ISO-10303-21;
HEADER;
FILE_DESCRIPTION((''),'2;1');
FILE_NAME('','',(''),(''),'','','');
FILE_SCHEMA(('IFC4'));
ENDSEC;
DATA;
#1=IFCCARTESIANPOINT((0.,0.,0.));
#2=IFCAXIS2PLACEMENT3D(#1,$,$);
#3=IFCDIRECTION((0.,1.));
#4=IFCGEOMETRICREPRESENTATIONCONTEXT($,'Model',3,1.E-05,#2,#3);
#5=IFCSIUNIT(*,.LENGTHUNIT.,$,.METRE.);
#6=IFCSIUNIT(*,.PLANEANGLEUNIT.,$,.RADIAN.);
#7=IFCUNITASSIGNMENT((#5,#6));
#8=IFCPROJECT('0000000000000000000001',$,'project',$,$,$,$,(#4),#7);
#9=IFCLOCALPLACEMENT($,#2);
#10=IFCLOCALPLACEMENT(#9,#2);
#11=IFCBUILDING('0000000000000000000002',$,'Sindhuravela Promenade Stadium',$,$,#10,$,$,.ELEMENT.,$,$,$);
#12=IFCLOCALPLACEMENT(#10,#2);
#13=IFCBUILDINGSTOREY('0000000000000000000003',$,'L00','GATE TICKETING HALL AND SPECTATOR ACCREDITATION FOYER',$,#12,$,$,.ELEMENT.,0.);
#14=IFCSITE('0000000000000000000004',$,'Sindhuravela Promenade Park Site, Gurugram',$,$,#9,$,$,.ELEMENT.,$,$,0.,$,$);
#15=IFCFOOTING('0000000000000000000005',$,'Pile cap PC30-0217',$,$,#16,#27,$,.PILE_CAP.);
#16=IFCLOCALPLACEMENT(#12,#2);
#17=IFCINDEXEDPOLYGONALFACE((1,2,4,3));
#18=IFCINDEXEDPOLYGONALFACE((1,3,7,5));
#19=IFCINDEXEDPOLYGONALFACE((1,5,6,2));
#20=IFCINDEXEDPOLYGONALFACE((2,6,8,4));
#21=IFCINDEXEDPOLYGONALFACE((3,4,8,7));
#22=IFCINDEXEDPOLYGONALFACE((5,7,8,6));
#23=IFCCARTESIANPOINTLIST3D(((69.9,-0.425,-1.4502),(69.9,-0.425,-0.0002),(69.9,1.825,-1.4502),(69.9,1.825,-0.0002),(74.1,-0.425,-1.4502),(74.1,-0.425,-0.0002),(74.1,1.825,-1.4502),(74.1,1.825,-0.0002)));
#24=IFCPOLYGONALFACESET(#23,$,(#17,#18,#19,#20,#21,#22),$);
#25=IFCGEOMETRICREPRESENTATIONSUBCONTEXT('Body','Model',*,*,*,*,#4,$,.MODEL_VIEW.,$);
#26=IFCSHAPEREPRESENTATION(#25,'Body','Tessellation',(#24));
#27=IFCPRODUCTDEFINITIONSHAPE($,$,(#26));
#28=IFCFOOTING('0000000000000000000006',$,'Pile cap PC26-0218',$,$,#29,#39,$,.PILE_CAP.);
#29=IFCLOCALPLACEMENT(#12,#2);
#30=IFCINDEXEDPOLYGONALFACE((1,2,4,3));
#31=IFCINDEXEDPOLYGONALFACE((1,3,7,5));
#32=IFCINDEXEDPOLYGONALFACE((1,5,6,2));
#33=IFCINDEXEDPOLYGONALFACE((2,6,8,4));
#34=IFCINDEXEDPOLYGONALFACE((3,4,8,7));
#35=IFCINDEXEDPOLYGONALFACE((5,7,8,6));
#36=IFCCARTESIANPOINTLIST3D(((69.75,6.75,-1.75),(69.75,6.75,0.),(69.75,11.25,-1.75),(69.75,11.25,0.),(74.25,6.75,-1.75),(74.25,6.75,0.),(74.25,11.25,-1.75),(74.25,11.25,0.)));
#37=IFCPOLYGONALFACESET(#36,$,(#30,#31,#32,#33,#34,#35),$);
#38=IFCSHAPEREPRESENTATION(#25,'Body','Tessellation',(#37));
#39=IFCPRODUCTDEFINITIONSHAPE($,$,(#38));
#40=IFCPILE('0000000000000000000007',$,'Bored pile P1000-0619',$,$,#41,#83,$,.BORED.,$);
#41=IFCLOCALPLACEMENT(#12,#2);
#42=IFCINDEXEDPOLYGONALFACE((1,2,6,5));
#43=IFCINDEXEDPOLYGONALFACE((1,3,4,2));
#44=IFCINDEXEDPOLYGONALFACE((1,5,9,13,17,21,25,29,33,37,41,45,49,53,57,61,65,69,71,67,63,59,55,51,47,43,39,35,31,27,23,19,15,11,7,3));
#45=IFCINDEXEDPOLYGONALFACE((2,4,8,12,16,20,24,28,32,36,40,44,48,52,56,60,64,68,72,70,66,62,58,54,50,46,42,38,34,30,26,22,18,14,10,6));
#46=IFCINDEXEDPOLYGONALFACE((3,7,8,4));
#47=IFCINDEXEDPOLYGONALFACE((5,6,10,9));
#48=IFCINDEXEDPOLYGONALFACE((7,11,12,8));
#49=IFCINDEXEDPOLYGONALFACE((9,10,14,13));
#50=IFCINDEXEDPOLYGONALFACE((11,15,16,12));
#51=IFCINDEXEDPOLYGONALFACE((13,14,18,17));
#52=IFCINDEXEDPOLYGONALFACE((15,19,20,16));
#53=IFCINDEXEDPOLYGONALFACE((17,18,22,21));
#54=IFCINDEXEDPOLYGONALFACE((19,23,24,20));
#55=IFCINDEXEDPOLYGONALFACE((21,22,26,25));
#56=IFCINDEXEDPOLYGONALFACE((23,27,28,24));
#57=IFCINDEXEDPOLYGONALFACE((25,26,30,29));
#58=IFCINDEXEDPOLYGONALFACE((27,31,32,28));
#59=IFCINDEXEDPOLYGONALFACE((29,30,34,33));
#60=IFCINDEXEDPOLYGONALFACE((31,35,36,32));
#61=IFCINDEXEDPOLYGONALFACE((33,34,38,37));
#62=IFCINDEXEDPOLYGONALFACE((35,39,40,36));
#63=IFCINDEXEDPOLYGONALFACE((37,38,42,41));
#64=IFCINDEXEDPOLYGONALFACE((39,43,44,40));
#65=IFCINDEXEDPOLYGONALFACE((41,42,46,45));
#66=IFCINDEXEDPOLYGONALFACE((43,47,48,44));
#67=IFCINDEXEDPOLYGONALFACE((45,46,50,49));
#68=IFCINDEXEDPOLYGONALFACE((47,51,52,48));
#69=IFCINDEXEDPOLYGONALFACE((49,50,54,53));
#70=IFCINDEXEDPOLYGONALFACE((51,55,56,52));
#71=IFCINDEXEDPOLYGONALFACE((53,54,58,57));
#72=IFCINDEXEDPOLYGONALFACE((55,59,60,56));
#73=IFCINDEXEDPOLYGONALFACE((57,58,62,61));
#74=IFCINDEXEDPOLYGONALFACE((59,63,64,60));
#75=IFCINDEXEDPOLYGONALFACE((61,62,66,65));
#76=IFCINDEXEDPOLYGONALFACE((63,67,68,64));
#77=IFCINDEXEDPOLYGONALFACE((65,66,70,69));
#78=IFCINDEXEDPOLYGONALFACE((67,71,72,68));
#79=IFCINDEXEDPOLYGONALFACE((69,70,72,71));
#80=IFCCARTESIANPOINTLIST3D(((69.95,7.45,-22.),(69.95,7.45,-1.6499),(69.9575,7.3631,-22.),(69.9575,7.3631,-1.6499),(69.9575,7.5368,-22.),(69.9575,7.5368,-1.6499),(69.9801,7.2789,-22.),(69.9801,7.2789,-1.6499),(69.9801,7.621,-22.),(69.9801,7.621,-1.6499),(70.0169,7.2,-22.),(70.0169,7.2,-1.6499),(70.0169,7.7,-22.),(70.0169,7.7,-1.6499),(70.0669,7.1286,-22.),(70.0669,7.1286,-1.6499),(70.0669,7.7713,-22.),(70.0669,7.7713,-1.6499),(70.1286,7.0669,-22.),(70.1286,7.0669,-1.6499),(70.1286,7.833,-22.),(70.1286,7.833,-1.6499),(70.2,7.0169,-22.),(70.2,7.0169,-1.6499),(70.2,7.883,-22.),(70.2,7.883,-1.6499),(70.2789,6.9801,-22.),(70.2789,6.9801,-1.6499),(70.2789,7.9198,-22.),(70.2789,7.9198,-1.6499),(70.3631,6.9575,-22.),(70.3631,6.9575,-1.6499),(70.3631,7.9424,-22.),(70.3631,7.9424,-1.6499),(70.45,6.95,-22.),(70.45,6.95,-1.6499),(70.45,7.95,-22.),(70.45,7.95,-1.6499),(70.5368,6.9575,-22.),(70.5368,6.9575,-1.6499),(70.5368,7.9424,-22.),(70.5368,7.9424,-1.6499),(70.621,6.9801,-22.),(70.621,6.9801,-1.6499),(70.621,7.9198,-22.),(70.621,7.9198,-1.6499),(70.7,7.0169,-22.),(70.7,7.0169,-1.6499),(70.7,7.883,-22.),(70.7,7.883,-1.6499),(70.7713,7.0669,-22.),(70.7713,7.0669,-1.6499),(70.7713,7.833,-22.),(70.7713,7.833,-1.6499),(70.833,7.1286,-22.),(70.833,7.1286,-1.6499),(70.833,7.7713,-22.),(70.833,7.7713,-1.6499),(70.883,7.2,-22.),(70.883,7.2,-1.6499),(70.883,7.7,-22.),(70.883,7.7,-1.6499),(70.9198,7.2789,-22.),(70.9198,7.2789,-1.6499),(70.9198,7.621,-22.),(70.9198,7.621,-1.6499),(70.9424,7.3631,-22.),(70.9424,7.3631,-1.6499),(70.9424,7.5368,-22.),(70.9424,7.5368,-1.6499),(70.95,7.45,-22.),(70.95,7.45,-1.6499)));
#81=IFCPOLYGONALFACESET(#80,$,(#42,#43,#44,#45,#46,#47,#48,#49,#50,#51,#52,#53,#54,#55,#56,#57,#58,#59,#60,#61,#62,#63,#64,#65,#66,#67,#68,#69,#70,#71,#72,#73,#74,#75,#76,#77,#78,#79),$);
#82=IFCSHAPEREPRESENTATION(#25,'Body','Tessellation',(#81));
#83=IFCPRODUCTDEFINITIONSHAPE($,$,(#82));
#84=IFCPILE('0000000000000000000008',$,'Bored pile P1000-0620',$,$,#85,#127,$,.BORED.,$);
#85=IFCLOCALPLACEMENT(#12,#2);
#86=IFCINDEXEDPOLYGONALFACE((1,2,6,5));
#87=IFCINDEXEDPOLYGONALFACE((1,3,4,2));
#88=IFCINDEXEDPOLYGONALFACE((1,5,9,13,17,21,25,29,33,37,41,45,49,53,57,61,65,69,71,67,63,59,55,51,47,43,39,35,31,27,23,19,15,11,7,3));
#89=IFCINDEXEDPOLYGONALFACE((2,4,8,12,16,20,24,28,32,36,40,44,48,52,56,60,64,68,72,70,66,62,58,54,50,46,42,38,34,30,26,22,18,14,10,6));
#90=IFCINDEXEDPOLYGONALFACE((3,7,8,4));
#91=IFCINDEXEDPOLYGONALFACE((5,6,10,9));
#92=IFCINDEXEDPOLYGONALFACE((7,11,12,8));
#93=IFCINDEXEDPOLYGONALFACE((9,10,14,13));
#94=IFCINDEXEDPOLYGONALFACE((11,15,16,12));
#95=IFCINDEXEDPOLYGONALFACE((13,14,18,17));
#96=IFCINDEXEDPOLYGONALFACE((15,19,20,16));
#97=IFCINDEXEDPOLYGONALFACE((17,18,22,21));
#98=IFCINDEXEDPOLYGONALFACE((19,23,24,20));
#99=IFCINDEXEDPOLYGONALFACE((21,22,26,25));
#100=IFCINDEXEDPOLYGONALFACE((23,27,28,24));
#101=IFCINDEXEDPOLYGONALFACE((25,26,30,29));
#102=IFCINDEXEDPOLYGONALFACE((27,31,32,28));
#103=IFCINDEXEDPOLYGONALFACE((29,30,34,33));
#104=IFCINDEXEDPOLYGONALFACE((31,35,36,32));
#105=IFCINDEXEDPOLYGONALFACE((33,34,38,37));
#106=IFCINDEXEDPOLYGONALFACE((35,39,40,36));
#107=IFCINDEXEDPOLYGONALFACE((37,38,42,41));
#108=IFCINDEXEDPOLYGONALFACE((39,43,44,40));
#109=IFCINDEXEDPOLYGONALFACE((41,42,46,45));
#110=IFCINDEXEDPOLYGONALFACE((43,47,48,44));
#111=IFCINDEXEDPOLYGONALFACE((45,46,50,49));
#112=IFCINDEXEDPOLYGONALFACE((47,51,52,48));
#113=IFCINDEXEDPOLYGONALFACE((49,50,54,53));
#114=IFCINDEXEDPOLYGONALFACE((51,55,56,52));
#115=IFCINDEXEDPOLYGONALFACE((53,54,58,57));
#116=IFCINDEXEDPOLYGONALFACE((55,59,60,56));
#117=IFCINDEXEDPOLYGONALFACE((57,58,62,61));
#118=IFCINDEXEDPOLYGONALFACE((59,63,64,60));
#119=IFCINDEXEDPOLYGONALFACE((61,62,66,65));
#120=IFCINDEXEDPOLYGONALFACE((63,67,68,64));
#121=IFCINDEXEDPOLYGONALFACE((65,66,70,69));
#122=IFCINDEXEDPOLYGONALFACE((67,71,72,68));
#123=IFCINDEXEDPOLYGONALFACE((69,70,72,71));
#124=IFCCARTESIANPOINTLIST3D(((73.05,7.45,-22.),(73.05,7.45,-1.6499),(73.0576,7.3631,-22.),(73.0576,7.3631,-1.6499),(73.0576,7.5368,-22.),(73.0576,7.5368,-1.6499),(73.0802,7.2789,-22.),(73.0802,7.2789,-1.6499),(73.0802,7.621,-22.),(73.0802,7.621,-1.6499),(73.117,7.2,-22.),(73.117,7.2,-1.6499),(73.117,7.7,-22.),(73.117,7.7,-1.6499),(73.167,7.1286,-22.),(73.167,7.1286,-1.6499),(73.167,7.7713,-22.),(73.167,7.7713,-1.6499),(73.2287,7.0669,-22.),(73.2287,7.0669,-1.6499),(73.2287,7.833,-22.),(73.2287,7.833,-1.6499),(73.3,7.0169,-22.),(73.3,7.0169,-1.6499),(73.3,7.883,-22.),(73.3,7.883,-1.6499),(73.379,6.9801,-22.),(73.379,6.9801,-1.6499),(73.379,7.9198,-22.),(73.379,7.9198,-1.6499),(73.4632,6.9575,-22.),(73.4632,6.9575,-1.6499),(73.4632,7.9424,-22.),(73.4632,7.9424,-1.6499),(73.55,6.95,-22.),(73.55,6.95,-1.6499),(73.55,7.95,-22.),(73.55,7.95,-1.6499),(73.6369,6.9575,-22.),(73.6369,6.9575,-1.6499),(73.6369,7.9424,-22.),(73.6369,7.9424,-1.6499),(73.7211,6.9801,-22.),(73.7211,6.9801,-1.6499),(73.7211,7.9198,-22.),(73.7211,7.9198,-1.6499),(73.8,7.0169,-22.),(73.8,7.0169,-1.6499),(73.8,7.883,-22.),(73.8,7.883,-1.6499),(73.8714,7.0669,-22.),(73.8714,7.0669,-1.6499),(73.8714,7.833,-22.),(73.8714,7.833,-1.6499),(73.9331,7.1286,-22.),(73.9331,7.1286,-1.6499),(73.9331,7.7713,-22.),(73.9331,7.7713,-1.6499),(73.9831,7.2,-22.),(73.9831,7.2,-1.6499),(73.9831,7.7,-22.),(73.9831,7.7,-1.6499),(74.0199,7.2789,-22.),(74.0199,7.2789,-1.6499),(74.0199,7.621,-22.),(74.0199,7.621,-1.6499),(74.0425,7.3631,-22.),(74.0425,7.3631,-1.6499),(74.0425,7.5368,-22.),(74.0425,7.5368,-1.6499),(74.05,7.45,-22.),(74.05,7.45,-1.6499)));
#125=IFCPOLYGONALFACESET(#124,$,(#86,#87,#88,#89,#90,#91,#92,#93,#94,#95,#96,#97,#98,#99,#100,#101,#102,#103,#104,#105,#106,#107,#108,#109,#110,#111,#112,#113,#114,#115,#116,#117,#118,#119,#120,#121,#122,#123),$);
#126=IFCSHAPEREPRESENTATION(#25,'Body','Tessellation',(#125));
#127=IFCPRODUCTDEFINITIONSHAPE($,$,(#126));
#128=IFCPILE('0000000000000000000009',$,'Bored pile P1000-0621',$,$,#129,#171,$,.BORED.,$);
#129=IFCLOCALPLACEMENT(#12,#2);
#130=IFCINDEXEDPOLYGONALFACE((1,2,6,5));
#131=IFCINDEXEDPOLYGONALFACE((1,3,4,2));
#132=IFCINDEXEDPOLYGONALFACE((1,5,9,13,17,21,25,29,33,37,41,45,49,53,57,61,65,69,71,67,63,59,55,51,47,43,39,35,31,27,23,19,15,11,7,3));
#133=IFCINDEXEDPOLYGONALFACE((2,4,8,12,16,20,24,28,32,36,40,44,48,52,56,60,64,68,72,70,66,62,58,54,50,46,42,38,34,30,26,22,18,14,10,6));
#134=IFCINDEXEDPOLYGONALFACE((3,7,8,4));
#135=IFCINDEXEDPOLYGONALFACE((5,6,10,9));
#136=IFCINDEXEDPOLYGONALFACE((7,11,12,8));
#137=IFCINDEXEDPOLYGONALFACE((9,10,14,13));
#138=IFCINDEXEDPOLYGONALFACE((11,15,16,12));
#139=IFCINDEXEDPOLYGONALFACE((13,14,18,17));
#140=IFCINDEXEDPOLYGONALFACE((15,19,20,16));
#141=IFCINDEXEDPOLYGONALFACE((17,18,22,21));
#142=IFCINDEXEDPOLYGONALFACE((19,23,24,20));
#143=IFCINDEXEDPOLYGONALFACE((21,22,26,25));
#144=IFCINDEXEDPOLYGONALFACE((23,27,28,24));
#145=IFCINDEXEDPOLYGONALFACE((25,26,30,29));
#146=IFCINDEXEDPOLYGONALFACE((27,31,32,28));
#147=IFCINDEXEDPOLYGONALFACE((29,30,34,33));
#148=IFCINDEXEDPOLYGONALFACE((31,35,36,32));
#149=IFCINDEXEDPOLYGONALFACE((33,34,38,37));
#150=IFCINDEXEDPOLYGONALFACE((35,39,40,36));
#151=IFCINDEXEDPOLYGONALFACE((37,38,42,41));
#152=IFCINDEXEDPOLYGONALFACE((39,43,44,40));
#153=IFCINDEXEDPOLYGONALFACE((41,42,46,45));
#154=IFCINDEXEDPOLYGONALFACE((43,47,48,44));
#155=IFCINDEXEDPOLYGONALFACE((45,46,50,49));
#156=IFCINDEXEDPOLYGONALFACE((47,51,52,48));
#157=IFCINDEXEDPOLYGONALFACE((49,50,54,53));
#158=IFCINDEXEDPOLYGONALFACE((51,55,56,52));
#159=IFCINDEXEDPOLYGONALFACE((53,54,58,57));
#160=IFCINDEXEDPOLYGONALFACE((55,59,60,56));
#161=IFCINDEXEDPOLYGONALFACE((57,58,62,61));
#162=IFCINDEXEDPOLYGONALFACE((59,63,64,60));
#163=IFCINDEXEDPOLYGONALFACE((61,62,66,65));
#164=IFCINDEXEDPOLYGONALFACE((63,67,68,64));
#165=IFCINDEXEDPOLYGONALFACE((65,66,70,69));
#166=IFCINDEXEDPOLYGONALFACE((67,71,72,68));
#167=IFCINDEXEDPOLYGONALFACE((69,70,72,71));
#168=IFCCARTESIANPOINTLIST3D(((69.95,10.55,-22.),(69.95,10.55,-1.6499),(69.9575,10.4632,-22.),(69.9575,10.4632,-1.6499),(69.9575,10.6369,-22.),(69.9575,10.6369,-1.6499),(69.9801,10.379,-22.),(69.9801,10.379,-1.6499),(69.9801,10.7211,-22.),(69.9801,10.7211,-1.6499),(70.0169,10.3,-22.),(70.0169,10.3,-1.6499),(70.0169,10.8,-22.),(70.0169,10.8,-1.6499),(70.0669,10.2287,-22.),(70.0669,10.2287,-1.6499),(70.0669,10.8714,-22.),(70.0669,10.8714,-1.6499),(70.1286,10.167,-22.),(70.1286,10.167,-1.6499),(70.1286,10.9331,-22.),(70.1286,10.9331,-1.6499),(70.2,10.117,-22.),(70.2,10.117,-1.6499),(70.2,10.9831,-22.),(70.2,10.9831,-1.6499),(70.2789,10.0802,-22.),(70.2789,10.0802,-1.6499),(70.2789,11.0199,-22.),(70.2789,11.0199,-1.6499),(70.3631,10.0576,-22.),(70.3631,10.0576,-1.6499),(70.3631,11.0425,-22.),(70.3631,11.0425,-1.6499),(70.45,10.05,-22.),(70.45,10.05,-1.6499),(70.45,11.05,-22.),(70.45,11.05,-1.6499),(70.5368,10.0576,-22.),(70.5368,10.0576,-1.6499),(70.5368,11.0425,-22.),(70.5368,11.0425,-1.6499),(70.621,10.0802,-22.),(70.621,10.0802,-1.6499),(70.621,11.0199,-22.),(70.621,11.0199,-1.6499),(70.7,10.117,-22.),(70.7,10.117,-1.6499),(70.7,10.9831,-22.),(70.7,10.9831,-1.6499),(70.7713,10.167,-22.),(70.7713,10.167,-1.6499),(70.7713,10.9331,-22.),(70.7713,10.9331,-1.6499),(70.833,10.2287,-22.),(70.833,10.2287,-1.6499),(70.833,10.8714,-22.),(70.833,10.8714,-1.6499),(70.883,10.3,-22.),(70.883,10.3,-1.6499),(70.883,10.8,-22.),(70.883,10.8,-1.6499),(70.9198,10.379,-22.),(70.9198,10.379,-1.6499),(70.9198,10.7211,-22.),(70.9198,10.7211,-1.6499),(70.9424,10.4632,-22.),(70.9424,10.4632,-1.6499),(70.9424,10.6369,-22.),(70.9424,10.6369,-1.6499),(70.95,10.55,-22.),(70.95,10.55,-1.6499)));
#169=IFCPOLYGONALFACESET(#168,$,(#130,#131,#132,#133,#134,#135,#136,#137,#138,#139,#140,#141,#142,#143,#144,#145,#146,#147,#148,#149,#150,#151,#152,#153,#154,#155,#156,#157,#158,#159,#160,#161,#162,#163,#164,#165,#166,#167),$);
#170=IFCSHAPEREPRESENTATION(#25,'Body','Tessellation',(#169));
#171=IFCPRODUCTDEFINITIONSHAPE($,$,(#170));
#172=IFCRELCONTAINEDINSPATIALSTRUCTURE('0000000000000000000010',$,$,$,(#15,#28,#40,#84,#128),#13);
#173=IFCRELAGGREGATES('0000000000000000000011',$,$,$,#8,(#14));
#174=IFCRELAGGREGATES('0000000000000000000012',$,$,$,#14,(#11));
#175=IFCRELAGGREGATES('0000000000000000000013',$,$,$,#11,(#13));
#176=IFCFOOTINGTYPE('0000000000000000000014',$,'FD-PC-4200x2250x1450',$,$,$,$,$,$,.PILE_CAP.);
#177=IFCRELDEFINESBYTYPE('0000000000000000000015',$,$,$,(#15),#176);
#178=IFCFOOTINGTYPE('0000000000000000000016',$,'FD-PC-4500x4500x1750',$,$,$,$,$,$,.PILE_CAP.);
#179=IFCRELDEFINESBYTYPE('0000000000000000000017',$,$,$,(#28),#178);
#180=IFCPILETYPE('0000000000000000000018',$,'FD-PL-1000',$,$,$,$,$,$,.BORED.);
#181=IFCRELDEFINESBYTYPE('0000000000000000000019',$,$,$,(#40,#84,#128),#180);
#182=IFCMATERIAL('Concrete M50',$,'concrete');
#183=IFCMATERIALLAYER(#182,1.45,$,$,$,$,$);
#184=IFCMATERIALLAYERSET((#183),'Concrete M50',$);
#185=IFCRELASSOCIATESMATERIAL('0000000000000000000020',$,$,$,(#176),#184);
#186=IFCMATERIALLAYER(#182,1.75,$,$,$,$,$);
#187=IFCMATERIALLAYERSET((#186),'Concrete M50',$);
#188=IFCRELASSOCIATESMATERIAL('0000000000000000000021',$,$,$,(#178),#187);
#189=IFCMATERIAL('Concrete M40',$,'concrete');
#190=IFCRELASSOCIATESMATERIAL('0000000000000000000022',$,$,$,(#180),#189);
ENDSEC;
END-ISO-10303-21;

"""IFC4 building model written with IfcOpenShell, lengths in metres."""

from ifc_helpers import new_model, si_unit, direction, frame, origin, origin_2d, place, context, subcontext, project, spatial, rectangle, circle, extrude, material, layer, layer_set, material_profile, profile_set, type_object, element, save


model = new_model("IFC4")

# Units and contexts
model_context = context("Model", 3, precision=1e-05, world=origin(), true_north=direction((0.0, 1.0)))
body_context = subcontext(model_context, "Body", "Model", "MODEL_VIEW")
ifc_project = project(units=[si_unit("LENGTHUNIT", "METRE"), si_unit("PLANEANGLEUNIT", "RADIAN")], contexts=[model_context])

# Site, building, storey
site_placement = place(None, origin())
site = spatial("IfcSite", under=ifc_project, at=site_placement, Name="Sindhuravela Promenade Park Site, Gurugram", CompositionType="ELEMENT", RefElevation=0.0)
building_placement = place(site_placement, origin())
building = spatial("IfcBuilding", under=site, at=building_placement, Name="Sindhuravela Promenade Stadium", CompositionType="ELEMENT")
storey_placement = place(building_placement, origin())
storey = spatial("IfcBuildingStorey", under=building, at=storey_placement, Name="L00", Description="GATE TICKETING HALL AND SPECTATOR ACCREDITATION FOYER", CompositionType="ELEMENT", Elevation=0.0)

# Footings
ifc_material_1 = material(Name="Concrete M50", Category="concrete")
ifc_layer_1 = layer(ifc_material_1, 1.45)
ifc_layer_set_1 = layer_set([ifc_layer_1], Name="Concrete M50")
footing_type_1 = type_object("IfcFootingType", Name="FD-PC-4200x2250x1450", PredefinedType="PILE_CAP", material=ifc_layer_set_1)
footing_1_placement = place(storey_placement, frame((72.0, 0.7, -1.4502), z_axis=(0.0, 0.0, 1.0), x_axis=(1.0, 0.0, 0.0)))
element("IfcFooting", 1, at=footing_1_placement, inside=storey, type_object=footing_type_1, Name="Pile cap PC30-0217", PredefinedType="PILE_CAP", context=body_context, shape_type="SweptSolid", body=[
    extrude(rectangle(XDim=4.2, YDim=2.25, at=origin_2d()), origin(), (0.0, 0.0, 1.0), 1.45),
])
ifc_layer_2 = layer(ifc_material_1, 1.75)
ifc_layer_set_2 = layer_set([ifc_layer_2], Name="Concrete M50")
footing_type_2 = type_object("IfcFootingType", Name="FD-PC-4500x4500x1750", PredefinedType="PILE_CAP", material=ifc_layer_set_2)
footing_2_placement = place(storey_placement, frame((72.0, 9.0, -1.75), z_axis=(0.0, 0.0, 1.0), x_axis=(1.0, 0.0, 0.0)))
element("IfcFooting", 2, at=footing_2_placement, inside=storey, type_object=footing_type_2, Name="Pile cap PC26-0218", PredefinedType="PILE_CAP", context=body_context, shape_type="SweptSolid", body=[
    extrude(rectangle(XDim=4.5, YDim=4.5, at=origin_2d()), origin(), (0.0, 0.0, 1.0), 1.75),
])

# Piles
ifc_material_2 = material(Name="Concrete M40", Category="concrete")
ifc_material_profile_1 = material_profile(ifc_material_2, circle(Radius=0.5, at=origin_2d()), Name="BORED PILE D1000")
ifc_profile_set_1 = profile_set([ifc_material_profile_1], Name="Concrete M40")
pile_type_1 = type_object("IfcPileType", Name="FD-PL-1000", PredefinedType="BORED", material=ifc_profile_set_1)
for number, where, z_axis, x_axis, name in (
    (3, (70.45, 7.45, -1.6499), (0.0, 0.0, -1.0), (1.0, 0.0, 0.0), "Bored pile P1000-0619"),
    (4, (73.55, 7.45, -1.6499), (0.0, 0.0, -1.0), (1.0, 0.0, 0.0), "Bored pile P1000-0620"),
    (5, (70.45, 10.55, -1.6499), (0.0, 0.0, -1.0), (1.0, 0.0, 0.0), "Bored pile P1000-0621"),
):
    element("IfcPile", number, at=place(storey_placement, frame(where, z_axis=z_axis, x_axis=x_axis)), inside=storey, type_object=pile_type_1, Name=name, PredefinedType="BORED", context=body_context, shape_type="SweptSolid", body=[
        extrude(circle(Radius=0.5, at=origin_2d()), origin(), (0.0, 0.0, 1.0), 20.3501),
    ])

save(model, "model.ifc")
